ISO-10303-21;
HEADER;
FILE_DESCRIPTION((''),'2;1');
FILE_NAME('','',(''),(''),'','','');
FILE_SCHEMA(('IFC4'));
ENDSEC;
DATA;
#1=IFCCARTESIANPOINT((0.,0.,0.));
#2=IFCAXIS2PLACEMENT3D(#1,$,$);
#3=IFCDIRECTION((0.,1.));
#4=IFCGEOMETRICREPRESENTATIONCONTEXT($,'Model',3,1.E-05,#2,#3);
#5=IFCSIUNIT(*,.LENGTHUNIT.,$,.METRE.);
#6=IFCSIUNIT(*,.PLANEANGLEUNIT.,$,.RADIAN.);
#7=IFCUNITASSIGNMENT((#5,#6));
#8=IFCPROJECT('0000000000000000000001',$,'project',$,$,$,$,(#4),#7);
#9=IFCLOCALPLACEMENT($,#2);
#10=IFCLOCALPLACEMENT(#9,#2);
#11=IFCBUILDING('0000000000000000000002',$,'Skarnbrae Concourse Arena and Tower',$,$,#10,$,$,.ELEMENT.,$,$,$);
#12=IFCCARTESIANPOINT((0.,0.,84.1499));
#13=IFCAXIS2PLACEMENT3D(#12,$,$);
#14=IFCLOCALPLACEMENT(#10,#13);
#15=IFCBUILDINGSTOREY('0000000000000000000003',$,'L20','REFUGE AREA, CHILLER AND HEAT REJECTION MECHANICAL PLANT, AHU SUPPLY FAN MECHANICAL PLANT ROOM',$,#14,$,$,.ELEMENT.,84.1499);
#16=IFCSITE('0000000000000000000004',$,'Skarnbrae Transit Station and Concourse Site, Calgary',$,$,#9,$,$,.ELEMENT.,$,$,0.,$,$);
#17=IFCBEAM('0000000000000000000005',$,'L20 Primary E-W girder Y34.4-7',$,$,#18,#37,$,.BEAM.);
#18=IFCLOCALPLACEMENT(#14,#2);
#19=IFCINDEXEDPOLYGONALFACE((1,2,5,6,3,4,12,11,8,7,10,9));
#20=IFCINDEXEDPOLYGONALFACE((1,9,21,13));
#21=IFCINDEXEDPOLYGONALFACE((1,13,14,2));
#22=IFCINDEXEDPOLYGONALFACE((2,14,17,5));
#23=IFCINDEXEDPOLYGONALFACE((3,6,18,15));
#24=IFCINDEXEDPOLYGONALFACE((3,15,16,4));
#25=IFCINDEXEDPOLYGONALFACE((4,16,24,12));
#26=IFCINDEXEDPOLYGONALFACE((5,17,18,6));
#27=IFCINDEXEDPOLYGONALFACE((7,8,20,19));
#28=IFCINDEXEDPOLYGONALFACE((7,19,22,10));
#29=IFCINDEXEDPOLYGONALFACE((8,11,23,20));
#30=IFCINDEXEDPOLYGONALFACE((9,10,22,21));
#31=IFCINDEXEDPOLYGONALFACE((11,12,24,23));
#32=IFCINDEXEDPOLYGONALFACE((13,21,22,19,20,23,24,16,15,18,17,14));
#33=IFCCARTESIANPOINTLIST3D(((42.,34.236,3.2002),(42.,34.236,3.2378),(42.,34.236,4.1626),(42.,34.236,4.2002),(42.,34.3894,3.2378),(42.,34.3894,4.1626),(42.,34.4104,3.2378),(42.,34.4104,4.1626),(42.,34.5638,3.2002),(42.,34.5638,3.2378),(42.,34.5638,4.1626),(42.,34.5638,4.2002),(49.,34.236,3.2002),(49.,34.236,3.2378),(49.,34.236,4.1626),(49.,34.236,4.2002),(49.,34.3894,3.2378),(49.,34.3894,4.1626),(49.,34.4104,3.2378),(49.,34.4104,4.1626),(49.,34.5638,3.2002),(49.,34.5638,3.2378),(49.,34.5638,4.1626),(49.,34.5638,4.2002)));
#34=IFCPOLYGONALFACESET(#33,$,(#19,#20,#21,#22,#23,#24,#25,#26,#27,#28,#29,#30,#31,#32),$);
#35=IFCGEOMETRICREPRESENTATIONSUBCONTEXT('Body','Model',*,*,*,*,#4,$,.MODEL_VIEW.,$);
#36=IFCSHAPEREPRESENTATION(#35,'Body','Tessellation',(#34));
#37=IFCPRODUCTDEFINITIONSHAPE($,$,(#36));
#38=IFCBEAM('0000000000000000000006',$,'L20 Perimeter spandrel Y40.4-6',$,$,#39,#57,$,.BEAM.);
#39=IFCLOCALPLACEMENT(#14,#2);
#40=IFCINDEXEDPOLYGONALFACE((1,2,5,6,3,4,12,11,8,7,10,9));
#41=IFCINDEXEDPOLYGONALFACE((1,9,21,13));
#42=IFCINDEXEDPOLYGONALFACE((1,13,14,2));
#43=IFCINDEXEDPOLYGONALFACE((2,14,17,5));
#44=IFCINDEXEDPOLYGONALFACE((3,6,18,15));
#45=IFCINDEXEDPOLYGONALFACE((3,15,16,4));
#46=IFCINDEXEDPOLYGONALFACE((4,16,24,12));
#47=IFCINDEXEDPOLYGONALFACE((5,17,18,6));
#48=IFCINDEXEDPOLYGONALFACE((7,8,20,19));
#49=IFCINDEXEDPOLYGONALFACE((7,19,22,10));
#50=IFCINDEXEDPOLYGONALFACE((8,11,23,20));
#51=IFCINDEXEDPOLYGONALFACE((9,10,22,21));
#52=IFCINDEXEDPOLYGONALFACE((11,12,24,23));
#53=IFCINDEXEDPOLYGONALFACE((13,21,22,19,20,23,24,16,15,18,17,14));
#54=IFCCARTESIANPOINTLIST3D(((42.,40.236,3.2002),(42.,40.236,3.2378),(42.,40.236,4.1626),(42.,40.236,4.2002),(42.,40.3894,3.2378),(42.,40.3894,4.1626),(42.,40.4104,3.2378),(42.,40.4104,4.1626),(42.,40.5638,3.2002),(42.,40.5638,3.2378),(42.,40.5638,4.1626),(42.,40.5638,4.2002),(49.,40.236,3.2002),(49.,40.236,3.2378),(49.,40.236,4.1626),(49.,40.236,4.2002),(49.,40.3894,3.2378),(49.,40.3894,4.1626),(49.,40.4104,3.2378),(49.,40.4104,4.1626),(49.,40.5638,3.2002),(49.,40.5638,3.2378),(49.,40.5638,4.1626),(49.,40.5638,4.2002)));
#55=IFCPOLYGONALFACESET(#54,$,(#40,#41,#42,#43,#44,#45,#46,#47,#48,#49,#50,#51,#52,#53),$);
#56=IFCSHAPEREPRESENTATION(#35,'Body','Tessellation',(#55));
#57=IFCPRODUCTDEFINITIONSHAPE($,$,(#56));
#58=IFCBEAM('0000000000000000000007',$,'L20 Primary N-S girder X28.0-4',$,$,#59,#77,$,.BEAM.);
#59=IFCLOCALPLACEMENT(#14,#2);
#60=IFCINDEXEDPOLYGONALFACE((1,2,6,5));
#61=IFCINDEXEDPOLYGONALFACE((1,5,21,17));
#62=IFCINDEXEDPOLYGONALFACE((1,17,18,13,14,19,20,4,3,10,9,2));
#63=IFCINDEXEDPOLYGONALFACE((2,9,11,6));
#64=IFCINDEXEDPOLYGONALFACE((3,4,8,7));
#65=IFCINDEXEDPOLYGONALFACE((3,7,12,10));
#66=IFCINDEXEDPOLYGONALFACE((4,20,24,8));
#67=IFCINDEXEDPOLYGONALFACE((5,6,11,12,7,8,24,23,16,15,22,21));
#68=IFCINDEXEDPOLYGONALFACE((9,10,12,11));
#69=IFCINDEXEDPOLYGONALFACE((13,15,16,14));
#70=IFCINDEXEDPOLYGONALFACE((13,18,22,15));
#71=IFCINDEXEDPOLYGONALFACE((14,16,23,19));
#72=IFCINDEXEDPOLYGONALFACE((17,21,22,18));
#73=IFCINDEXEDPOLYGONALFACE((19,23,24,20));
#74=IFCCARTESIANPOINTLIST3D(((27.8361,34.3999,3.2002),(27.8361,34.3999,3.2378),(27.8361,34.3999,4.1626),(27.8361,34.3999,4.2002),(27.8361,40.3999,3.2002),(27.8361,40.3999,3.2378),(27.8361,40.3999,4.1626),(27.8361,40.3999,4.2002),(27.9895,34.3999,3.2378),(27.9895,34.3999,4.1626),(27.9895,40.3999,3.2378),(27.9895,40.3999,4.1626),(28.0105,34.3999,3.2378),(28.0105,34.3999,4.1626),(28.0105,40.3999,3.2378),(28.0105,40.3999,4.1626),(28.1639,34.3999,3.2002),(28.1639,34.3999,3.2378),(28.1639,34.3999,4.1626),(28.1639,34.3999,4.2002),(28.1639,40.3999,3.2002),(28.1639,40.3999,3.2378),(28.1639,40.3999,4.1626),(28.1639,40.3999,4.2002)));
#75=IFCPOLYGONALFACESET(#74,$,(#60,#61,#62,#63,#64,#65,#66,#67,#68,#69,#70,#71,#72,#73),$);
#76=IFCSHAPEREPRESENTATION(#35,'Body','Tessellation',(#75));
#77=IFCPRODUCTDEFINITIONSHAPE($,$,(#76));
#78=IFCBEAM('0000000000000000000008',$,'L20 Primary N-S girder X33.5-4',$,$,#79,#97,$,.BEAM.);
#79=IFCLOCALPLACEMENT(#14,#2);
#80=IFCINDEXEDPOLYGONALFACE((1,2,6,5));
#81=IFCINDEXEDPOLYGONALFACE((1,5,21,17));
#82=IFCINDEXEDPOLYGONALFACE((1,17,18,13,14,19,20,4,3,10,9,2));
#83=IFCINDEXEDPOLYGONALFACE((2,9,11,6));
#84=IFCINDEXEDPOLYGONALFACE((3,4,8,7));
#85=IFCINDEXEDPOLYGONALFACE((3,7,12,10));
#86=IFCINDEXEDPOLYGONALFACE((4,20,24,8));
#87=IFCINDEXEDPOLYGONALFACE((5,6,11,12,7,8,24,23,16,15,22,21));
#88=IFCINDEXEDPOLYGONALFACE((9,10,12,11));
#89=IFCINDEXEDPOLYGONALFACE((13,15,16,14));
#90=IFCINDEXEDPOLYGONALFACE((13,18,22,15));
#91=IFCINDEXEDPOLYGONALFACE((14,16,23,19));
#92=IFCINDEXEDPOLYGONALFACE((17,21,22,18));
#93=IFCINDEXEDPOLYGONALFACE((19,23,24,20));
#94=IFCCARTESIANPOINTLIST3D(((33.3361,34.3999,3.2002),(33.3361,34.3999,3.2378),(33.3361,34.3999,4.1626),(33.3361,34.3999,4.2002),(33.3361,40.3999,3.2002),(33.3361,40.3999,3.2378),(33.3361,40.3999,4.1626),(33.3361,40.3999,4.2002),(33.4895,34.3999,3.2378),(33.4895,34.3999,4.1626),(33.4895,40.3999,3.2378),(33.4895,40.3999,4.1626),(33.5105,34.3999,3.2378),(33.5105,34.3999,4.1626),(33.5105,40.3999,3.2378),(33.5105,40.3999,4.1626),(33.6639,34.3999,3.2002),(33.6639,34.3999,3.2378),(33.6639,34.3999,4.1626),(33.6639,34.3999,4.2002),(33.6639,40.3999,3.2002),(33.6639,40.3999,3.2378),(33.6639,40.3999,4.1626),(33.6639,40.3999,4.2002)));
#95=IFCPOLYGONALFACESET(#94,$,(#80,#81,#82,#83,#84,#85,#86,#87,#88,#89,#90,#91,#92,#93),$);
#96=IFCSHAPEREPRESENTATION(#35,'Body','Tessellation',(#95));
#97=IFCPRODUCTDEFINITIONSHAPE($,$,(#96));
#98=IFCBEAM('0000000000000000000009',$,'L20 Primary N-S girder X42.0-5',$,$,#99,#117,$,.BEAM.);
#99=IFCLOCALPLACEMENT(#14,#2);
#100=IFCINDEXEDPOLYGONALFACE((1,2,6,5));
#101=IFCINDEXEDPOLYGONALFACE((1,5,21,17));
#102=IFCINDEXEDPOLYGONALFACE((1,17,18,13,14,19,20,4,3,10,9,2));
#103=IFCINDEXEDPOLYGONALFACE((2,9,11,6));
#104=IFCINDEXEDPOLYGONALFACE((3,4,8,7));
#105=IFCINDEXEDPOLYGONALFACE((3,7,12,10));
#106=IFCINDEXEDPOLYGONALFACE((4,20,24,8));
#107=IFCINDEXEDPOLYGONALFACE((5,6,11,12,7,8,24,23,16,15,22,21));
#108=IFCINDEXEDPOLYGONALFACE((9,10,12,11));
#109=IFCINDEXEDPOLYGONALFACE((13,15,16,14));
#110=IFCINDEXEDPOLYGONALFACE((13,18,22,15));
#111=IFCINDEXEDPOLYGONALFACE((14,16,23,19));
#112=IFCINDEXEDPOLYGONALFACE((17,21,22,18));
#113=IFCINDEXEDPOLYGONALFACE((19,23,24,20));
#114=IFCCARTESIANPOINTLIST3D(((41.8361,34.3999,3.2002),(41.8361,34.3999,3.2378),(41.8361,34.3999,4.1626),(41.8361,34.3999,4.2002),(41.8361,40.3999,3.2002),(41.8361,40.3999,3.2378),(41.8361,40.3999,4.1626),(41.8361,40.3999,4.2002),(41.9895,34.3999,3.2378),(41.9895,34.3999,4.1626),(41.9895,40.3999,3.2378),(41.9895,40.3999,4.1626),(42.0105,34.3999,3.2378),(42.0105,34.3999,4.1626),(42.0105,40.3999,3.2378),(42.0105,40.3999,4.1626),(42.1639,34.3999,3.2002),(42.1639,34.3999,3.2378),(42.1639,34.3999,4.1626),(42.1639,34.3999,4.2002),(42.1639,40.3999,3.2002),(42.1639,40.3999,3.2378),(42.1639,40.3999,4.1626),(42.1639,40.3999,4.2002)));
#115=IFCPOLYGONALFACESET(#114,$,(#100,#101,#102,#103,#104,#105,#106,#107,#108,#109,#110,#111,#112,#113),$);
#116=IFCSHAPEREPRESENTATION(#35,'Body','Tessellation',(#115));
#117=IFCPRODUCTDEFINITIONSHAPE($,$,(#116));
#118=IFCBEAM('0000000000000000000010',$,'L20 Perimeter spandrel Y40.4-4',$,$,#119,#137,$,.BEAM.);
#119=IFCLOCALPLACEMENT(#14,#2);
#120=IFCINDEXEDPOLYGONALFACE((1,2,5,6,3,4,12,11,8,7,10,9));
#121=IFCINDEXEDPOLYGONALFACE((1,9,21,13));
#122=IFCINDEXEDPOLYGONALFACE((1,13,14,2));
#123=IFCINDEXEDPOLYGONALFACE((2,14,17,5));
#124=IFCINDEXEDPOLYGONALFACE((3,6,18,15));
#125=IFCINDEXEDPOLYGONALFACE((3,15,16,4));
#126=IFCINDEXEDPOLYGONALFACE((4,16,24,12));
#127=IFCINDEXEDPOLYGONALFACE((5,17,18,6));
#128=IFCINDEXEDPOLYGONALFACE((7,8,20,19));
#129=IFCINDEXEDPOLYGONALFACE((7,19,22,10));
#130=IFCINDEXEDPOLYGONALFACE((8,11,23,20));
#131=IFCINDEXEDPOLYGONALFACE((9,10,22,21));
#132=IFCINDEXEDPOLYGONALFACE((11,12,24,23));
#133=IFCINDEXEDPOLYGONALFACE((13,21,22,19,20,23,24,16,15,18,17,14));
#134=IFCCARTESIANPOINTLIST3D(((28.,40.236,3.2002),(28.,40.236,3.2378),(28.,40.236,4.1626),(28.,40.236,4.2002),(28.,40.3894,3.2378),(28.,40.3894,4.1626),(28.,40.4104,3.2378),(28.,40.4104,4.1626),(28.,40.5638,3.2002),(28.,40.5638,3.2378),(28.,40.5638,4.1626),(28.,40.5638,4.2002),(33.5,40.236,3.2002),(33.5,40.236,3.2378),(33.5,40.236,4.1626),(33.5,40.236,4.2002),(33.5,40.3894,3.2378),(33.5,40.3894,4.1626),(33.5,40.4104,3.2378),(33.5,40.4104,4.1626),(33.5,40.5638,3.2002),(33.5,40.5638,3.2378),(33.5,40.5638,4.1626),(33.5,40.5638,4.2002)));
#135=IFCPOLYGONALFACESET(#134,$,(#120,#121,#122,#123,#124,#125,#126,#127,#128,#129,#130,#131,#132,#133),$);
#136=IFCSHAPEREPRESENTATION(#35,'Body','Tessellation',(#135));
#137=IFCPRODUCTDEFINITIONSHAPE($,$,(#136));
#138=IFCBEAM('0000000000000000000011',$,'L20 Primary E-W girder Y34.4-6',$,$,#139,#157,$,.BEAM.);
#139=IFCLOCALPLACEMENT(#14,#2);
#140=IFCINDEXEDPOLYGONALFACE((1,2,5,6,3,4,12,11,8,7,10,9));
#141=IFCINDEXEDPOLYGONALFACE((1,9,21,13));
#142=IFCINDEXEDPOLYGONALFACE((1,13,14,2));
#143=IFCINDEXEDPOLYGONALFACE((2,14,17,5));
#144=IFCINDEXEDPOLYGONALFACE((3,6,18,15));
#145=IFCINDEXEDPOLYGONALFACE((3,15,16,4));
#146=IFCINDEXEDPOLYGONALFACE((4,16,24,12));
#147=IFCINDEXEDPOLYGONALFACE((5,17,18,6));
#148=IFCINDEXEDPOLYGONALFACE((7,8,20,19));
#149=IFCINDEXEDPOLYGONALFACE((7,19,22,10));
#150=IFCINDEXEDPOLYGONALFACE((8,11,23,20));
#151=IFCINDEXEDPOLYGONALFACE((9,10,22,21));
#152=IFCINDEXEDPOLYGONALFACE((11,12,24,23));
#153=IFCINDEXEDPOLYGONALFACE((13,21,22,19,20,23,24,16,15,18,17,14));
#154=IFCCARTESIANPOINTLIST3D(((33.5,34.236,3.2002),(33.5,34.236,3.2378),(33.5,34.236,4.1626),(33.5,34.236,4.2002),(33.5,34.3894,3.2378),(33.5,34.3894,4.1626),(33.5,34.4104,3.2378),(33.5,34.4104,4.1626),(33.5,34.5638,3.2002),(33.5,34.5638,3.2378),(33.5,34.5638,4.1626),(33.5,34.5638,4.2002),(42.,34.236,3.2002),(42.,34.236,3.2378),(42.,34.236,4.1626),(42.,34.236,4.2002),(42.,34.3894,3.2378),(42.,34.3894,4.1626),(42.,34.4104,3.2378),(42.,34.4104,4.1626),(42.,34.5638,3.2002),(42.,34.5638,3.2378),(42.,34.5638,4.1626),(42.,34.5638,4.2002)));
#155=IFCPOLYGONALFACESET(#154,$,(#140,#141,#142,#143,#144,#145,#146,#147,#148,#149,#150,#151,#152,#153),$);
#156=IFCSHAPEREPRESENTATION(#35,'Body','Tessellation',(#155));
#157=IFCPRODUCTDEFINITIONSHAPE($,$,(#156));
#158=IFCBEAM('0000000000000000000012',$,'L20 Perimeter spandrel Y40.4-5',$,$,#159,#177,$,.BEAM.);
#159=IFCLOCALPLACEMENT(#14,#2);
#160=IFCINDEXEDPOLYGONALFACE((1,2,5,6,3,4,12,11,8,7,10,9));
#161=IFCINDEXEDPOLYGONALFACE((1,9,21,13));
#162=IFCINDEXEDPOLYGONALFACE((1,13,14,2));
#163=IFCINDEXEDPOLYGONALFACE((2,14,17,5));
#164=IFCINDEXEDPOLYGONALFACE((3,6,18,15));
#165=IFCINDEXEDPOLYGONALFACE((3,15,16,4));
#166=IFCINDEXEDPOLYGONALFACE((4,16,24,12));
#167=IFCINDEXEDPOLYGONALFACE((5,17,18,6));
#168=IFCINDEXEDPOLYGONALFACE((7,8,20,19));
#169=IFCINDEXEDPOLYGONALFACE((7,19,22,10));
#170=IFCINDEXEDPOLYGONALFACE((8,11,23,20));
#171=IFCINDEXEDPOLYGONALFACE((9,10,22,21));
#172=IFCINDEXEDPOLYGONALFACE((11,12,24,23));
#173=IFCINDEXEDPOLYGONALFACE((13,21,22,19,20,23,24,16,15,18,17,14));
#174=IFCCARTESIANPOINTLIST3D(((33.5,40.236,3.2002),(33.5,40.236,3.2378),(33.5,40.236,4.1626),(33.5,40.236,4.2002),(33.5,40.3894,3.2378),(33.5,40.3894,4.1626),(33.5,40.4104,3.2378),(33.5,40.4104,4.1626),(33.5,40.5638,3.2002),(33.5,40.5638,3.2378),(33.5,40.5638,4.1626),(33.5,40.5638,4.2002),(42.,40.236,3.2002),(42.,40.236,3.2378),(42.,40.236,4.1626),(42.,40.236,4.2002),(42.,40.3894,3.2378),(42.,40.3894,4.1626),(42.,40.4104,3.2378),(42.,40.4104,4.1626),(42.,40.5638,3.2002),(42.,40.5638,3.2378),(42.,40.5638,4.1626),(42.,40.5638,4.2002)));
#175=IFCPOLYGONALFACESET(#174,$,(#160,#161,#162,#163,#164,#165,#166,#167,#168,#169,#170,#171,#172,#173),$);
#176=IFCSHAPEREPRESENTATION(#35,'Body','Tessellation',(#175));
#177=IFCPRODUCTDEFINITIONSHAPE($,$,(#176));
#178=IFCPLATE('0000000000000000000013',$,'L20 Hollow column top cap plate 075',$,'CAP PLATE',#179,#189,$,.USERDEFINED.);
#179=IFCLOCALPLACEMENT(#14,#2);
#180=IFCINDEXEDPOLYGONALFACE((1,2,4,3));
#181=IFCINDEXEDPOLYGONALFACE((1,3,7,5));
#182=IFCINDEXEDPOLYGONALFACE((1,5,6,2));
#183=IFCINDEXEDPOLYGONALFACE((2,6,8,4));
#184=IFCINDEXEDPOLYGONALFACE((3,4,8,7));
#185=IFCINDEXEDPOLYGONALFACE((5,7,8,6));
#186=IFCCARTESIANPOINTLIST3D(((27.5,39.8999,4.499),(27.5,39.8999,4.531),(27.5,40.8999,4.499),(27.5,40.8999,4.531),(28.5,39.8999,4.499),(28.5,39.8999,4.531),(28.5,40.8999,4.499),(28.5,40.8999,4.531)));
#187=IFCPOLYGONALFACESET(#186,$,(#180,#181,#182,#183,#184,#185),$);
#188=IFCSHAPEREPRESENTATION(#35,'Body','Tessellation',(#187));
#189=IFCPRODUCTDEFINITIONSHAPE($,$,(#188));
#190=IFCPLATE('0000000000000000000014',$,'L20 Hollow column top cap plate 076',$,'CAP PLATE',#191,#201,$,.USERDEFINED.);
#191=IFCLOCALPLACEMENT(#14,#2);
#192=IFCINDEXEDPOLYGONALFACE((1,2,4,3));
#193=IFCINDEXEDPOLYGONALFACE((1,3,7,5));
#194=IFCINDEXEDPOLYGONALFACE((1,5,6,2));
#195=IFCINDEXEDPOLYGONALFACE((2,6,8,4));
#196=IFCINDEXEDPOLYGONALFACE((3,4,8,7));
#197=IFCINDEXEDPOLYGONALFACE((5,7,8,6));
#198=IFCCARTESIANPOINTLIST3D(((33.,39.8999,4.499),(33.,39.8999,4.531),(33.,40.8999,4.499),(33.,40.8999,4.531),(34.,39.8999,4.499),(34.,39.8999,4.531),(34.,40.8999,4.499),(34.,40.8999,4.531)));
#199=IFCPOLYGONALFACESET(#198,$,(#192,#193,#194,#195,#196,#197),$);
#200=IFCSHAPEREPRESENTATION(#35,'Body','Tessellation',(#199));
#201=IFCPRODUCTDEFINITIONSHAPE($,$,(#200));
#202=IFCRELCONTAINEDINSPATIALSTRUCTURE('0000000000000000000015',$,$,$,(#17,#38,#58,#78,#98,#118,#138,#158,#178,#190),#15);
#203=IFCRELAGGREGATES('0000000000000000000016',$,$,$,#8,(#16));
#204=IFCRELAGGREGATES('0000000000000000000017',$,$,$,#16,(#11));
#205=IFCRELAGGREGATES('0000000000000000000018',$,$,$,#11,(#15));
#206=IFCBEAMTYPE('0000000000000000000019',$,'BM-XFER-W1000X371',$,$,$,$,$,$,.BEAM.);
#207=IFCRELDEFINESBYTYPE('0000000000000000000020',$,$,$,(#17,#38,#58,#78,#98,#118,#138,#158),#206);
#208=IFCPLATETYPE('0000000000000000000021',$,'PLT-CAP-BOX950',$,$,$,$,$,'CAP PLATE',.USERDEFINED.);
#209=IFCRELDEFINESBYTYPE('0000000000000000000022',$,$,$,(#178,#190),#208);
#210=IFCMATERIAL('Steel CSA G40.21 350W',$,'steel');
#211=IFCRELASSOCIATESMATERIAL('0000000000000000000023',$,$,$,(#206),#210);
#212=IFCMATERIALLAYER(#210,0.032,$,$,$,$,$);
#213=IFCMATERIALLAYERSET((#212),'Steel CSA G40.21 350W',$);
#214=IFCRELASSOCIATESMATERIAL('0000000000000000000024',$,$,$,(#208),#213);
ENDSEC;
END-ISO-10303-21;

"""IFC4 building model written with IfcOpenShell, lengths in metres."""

from ifc_helpers import new_model, si_unit, direction, frame, origin, origin_2d, place, context, subcontext, project, spatial, rectangle, i_section, extrude, source, transform, mapped, material, layer, layer_set, material_profile, profile_set, type_object, element, save


model = new_model("IFC4")

# Units and contexts
model_context = context("Model", 3, precision=1e-05, world=origin(), true_north=direction((0.0, 1.0)))
body_context = subcontext(model_context, "Body", "Model", "MODEL_VIEW")
ifc_project = project(units=[si_unit("LENGTHUNIT", "METRE"), si_unit("PLANEANGLEUNIT", "RADIAN")], contexts=[model_context])

# Site, building, storey
site_placement = place(None, origin())
site = spatial("IfcSite", under=ifc_project, at=site_placement, Name="Skarnbrae Transit Station and Concourse Site, Calgary", CompositionType="ELEMENT", RefElevation=0.0)
building_placement = place(site_placement, origin())
building = spatial("IfcBuilding", under=site, at=building_placement, Name="Skarnbrae Concourse Arena and Tower", CompositionType="ELEMENT")
storey_placement = place(building_placement, frame((0.0, 0.0, 84.1499)))
storey = spatial("IfcBuildingStorey", under=building, at=storey_placement, Name="L20", Description="REFUGE AREA, CHILLER AND HEAT REJECTION MECHANICAL PLANT, AHU SUPPLY FAN MECHANICAL PLANT ROOM", CompositionType="ELEMENT", Elevation=84.1499)

# Shared definitions
ifc_material_1 = material(Name="Steel CSA G40.21 350W", Category="steel")

# Beams
ifc_material_profile_1 = material_profile(ifc_material_1, i_section(OverallWidth=0.3279, OverallDepth=1.0, WebThickness=0.021, FlangeThickness=0.0376, at=origin_2d()), Name="W1000X371")
ifc_profile_set_1 = profile_set([ifc_material_profile_1], Name="Steel CSA G40.21 350W")
beam_type_1 = type_object("IfcBeamType", Name="BM-XFER-W1000X371", PredefinedType="BEAM", material=ifc_profile_set_1)
shared_shape_1 = source(origin(), body_context, "Body", "SweptSolid", [
    extrude(i_section(OverallWidth=0.3279, OverallDepth=1.0, WebThickness=0.021, FlangeThickness=0.0376, at=origin_2d()), origin(), (0.0, 0.0, 1.0), 7.0),
])
for number, where, z_axis, x_axis, name in (
    (1, (42.0, 34.3999, 3.7002), (1.0, 0.0, 0.0), (0.0, 1.0, 0.0), "L20 Primary E-W girder Y34.4-7"),
    (2, (42.0, 40.3999, 3.7002), (1.0, 0.0, 0.0), (0.0, 1.0, 0.0), "L20 Perimeter spandrel Y40.4-6"),
):
    element("IfcBeam", number, at=place(storey_placement, frame(where, z_axis=z_axis, x_axis=x_axis)), inside=storey, type_object=beam_type_1, Name=name, PredefinedType="BEAM", context=body_context, shape_type="MappedRepresentation", body=[
        mapped(shared_shape_1, transform((0.0, 0.0, 0.0))),
    ])
shared_shape_2 = source(origin(), body_context, "Body", "SweptSolid", [
    extrude(i_section(OverallWidth=0.3279, OverallDepth=1.0, WebThickness=0.021, FlangeThickness=0.0376, at=origin_2d()), origin(), (0.0, 0.0, 1.0), 6.0),
])
for number, where, z_axis, x_axis, name in (
    (3, (28.0, 34.3999, 3.7002), (0.0, 1.0, 0.0), (-1.0, 0.0, 0.0), "L20 Primary N-S girder X28.0-4"),
    (4, (33.5, 34.3999, 3.7002), (0.0, 1.0, 0.0), (-1.0, 0.0, 0.0), "L20 Primary N-S girder X33.5-4"),
    (5, (42.0, 34.3999, 3.7002), (0.0, 1.0, 0.0), (-1.0, 0.0, 0.0), "L20 Primary N-S girder X42.0-5"),
):
    element("IfcBeam", number, at=place(storey_placement, frame(where, z_axis=z_axis, x_axis=x_axis)), inside=storey, type_object=beam_type_1, Name=name, PredefinedType="BEAM", context=body_context, shape_type="MappedRepresentation", body=[
        mapped(shared_shape_2, transform((0.0, 0.0, 0.0))),
    ])
shared_shape_3 = source(origin(), body_context, "Body", "SweptSolid", [
    extrude(i_section(OverallWidth=0.3279, OverallDepth=1.0, WebThickness=0.021, FlangeThickness=0.0376, at=origin_2d()), origin(), (0.0, 0.0, 1.0), 5.5),
])
beam_placement = place(storey_placement, frame((28.0, 40.3999, 3.7002), z_axis=(1.0, 0.0, 0.0), x_axis=(0.0, 1.0, 0.0)))
element("IfcBeam", 6, at=beam_placement, inside=storey, type_object=beam_type_1, Name="L20 Perimeter spandrel Y40.4-4", PredefinedType="BEAM", context=body_context, shape_type="MappedRepresentation", body=[
    mapped(shared_shape_3, transform((0.0, 0.0, 0.0))),
])
shared_shape_4 = source(origin(), body_context, "Body", "SweptSolid", [
    extrude(i_section(OverallWidth=0.3279, OverallDepth=1.0, WebThickness=0.021, FlangeThickness=0.0376, at=origin_2d()), origin(), (0.0, 0.0, 1.0), 8.5),
])
for number, where, z_axis, x_axis, name in (
    (7, (33.5, 34.3999, 3.7002), (1.0, 0.0, 0.0), (0.0, 1.0, 0.0), "L20 Primary E-W girder Y34.4-6"),
    (8, (33.5, 40.3999, 3.7002), (1.0, 0.0, 0.0), (0.0, 1.0, 0.0), "L20 Perimeter spandrel Y40.4-5"),
):
    element("IfcBeam", number, at=place(storey_placement, frame(where, z_axis=z_axis, x_axis=x_axis)), inside=storey, type_object=beam_type_1, Name=name, PredefinedType="BEAM", context=body_context, shape_type="MappedRepresentation", body=[
        mapped(shared_shape_4, transform((0.0, 0.0, 0.0))),
    ])

# Plates
ifc_layer_1 = layer(ifc_material_1, 0.032)
ifc_layer_set_1 = layer_set([ifc_layer_1], Name="Steel CSA G40.21 350W")
plate_type = type_object("IfcPlateType", Name="PLT-CAP-BOX950", ElementType="CAP PLATE", PredefinedType="USERDEFINED", material=ifc_layer_set_1)
shared_shape_5 = source(origin(), body_context, "Body", "SweptSolid", [
    extrude(rectangle(XDim=1.0, YDim=1.0, at=origin_2d()), origin(), (0.0, 0.0, 1.0), 0.032),
])
for number, where, z_axis, x_axis, name in (
    (9, (28.0, 40.3999, 4.499), (0.0, 0.0, 1.0), (1.0, 0.0, 0.0), "L20 Hollow column top cap plate 075"),
    (10, (33.5, 40.3999, 4.499), (0.0, 0.0, 1.0), (1.0, 0.0, 0.0), "L20 Hollow column top cap plate 076"),
):
    element("IfcPlate", number, at=place(storey_placement, frame(where, z_axis=z_axis, x_axis=x_axis)), inside=storey, type_object=plate_type, Name=name, ObjectType="CAP PLATE", PredefinedType="USERDEFINED", context=body_context, shape_type="MappedRepresentation", body=[
        mapped(shared_shape_5, transform((0.0, 0.0, 0.0))),
    ])

save(model, "model.ifc")
